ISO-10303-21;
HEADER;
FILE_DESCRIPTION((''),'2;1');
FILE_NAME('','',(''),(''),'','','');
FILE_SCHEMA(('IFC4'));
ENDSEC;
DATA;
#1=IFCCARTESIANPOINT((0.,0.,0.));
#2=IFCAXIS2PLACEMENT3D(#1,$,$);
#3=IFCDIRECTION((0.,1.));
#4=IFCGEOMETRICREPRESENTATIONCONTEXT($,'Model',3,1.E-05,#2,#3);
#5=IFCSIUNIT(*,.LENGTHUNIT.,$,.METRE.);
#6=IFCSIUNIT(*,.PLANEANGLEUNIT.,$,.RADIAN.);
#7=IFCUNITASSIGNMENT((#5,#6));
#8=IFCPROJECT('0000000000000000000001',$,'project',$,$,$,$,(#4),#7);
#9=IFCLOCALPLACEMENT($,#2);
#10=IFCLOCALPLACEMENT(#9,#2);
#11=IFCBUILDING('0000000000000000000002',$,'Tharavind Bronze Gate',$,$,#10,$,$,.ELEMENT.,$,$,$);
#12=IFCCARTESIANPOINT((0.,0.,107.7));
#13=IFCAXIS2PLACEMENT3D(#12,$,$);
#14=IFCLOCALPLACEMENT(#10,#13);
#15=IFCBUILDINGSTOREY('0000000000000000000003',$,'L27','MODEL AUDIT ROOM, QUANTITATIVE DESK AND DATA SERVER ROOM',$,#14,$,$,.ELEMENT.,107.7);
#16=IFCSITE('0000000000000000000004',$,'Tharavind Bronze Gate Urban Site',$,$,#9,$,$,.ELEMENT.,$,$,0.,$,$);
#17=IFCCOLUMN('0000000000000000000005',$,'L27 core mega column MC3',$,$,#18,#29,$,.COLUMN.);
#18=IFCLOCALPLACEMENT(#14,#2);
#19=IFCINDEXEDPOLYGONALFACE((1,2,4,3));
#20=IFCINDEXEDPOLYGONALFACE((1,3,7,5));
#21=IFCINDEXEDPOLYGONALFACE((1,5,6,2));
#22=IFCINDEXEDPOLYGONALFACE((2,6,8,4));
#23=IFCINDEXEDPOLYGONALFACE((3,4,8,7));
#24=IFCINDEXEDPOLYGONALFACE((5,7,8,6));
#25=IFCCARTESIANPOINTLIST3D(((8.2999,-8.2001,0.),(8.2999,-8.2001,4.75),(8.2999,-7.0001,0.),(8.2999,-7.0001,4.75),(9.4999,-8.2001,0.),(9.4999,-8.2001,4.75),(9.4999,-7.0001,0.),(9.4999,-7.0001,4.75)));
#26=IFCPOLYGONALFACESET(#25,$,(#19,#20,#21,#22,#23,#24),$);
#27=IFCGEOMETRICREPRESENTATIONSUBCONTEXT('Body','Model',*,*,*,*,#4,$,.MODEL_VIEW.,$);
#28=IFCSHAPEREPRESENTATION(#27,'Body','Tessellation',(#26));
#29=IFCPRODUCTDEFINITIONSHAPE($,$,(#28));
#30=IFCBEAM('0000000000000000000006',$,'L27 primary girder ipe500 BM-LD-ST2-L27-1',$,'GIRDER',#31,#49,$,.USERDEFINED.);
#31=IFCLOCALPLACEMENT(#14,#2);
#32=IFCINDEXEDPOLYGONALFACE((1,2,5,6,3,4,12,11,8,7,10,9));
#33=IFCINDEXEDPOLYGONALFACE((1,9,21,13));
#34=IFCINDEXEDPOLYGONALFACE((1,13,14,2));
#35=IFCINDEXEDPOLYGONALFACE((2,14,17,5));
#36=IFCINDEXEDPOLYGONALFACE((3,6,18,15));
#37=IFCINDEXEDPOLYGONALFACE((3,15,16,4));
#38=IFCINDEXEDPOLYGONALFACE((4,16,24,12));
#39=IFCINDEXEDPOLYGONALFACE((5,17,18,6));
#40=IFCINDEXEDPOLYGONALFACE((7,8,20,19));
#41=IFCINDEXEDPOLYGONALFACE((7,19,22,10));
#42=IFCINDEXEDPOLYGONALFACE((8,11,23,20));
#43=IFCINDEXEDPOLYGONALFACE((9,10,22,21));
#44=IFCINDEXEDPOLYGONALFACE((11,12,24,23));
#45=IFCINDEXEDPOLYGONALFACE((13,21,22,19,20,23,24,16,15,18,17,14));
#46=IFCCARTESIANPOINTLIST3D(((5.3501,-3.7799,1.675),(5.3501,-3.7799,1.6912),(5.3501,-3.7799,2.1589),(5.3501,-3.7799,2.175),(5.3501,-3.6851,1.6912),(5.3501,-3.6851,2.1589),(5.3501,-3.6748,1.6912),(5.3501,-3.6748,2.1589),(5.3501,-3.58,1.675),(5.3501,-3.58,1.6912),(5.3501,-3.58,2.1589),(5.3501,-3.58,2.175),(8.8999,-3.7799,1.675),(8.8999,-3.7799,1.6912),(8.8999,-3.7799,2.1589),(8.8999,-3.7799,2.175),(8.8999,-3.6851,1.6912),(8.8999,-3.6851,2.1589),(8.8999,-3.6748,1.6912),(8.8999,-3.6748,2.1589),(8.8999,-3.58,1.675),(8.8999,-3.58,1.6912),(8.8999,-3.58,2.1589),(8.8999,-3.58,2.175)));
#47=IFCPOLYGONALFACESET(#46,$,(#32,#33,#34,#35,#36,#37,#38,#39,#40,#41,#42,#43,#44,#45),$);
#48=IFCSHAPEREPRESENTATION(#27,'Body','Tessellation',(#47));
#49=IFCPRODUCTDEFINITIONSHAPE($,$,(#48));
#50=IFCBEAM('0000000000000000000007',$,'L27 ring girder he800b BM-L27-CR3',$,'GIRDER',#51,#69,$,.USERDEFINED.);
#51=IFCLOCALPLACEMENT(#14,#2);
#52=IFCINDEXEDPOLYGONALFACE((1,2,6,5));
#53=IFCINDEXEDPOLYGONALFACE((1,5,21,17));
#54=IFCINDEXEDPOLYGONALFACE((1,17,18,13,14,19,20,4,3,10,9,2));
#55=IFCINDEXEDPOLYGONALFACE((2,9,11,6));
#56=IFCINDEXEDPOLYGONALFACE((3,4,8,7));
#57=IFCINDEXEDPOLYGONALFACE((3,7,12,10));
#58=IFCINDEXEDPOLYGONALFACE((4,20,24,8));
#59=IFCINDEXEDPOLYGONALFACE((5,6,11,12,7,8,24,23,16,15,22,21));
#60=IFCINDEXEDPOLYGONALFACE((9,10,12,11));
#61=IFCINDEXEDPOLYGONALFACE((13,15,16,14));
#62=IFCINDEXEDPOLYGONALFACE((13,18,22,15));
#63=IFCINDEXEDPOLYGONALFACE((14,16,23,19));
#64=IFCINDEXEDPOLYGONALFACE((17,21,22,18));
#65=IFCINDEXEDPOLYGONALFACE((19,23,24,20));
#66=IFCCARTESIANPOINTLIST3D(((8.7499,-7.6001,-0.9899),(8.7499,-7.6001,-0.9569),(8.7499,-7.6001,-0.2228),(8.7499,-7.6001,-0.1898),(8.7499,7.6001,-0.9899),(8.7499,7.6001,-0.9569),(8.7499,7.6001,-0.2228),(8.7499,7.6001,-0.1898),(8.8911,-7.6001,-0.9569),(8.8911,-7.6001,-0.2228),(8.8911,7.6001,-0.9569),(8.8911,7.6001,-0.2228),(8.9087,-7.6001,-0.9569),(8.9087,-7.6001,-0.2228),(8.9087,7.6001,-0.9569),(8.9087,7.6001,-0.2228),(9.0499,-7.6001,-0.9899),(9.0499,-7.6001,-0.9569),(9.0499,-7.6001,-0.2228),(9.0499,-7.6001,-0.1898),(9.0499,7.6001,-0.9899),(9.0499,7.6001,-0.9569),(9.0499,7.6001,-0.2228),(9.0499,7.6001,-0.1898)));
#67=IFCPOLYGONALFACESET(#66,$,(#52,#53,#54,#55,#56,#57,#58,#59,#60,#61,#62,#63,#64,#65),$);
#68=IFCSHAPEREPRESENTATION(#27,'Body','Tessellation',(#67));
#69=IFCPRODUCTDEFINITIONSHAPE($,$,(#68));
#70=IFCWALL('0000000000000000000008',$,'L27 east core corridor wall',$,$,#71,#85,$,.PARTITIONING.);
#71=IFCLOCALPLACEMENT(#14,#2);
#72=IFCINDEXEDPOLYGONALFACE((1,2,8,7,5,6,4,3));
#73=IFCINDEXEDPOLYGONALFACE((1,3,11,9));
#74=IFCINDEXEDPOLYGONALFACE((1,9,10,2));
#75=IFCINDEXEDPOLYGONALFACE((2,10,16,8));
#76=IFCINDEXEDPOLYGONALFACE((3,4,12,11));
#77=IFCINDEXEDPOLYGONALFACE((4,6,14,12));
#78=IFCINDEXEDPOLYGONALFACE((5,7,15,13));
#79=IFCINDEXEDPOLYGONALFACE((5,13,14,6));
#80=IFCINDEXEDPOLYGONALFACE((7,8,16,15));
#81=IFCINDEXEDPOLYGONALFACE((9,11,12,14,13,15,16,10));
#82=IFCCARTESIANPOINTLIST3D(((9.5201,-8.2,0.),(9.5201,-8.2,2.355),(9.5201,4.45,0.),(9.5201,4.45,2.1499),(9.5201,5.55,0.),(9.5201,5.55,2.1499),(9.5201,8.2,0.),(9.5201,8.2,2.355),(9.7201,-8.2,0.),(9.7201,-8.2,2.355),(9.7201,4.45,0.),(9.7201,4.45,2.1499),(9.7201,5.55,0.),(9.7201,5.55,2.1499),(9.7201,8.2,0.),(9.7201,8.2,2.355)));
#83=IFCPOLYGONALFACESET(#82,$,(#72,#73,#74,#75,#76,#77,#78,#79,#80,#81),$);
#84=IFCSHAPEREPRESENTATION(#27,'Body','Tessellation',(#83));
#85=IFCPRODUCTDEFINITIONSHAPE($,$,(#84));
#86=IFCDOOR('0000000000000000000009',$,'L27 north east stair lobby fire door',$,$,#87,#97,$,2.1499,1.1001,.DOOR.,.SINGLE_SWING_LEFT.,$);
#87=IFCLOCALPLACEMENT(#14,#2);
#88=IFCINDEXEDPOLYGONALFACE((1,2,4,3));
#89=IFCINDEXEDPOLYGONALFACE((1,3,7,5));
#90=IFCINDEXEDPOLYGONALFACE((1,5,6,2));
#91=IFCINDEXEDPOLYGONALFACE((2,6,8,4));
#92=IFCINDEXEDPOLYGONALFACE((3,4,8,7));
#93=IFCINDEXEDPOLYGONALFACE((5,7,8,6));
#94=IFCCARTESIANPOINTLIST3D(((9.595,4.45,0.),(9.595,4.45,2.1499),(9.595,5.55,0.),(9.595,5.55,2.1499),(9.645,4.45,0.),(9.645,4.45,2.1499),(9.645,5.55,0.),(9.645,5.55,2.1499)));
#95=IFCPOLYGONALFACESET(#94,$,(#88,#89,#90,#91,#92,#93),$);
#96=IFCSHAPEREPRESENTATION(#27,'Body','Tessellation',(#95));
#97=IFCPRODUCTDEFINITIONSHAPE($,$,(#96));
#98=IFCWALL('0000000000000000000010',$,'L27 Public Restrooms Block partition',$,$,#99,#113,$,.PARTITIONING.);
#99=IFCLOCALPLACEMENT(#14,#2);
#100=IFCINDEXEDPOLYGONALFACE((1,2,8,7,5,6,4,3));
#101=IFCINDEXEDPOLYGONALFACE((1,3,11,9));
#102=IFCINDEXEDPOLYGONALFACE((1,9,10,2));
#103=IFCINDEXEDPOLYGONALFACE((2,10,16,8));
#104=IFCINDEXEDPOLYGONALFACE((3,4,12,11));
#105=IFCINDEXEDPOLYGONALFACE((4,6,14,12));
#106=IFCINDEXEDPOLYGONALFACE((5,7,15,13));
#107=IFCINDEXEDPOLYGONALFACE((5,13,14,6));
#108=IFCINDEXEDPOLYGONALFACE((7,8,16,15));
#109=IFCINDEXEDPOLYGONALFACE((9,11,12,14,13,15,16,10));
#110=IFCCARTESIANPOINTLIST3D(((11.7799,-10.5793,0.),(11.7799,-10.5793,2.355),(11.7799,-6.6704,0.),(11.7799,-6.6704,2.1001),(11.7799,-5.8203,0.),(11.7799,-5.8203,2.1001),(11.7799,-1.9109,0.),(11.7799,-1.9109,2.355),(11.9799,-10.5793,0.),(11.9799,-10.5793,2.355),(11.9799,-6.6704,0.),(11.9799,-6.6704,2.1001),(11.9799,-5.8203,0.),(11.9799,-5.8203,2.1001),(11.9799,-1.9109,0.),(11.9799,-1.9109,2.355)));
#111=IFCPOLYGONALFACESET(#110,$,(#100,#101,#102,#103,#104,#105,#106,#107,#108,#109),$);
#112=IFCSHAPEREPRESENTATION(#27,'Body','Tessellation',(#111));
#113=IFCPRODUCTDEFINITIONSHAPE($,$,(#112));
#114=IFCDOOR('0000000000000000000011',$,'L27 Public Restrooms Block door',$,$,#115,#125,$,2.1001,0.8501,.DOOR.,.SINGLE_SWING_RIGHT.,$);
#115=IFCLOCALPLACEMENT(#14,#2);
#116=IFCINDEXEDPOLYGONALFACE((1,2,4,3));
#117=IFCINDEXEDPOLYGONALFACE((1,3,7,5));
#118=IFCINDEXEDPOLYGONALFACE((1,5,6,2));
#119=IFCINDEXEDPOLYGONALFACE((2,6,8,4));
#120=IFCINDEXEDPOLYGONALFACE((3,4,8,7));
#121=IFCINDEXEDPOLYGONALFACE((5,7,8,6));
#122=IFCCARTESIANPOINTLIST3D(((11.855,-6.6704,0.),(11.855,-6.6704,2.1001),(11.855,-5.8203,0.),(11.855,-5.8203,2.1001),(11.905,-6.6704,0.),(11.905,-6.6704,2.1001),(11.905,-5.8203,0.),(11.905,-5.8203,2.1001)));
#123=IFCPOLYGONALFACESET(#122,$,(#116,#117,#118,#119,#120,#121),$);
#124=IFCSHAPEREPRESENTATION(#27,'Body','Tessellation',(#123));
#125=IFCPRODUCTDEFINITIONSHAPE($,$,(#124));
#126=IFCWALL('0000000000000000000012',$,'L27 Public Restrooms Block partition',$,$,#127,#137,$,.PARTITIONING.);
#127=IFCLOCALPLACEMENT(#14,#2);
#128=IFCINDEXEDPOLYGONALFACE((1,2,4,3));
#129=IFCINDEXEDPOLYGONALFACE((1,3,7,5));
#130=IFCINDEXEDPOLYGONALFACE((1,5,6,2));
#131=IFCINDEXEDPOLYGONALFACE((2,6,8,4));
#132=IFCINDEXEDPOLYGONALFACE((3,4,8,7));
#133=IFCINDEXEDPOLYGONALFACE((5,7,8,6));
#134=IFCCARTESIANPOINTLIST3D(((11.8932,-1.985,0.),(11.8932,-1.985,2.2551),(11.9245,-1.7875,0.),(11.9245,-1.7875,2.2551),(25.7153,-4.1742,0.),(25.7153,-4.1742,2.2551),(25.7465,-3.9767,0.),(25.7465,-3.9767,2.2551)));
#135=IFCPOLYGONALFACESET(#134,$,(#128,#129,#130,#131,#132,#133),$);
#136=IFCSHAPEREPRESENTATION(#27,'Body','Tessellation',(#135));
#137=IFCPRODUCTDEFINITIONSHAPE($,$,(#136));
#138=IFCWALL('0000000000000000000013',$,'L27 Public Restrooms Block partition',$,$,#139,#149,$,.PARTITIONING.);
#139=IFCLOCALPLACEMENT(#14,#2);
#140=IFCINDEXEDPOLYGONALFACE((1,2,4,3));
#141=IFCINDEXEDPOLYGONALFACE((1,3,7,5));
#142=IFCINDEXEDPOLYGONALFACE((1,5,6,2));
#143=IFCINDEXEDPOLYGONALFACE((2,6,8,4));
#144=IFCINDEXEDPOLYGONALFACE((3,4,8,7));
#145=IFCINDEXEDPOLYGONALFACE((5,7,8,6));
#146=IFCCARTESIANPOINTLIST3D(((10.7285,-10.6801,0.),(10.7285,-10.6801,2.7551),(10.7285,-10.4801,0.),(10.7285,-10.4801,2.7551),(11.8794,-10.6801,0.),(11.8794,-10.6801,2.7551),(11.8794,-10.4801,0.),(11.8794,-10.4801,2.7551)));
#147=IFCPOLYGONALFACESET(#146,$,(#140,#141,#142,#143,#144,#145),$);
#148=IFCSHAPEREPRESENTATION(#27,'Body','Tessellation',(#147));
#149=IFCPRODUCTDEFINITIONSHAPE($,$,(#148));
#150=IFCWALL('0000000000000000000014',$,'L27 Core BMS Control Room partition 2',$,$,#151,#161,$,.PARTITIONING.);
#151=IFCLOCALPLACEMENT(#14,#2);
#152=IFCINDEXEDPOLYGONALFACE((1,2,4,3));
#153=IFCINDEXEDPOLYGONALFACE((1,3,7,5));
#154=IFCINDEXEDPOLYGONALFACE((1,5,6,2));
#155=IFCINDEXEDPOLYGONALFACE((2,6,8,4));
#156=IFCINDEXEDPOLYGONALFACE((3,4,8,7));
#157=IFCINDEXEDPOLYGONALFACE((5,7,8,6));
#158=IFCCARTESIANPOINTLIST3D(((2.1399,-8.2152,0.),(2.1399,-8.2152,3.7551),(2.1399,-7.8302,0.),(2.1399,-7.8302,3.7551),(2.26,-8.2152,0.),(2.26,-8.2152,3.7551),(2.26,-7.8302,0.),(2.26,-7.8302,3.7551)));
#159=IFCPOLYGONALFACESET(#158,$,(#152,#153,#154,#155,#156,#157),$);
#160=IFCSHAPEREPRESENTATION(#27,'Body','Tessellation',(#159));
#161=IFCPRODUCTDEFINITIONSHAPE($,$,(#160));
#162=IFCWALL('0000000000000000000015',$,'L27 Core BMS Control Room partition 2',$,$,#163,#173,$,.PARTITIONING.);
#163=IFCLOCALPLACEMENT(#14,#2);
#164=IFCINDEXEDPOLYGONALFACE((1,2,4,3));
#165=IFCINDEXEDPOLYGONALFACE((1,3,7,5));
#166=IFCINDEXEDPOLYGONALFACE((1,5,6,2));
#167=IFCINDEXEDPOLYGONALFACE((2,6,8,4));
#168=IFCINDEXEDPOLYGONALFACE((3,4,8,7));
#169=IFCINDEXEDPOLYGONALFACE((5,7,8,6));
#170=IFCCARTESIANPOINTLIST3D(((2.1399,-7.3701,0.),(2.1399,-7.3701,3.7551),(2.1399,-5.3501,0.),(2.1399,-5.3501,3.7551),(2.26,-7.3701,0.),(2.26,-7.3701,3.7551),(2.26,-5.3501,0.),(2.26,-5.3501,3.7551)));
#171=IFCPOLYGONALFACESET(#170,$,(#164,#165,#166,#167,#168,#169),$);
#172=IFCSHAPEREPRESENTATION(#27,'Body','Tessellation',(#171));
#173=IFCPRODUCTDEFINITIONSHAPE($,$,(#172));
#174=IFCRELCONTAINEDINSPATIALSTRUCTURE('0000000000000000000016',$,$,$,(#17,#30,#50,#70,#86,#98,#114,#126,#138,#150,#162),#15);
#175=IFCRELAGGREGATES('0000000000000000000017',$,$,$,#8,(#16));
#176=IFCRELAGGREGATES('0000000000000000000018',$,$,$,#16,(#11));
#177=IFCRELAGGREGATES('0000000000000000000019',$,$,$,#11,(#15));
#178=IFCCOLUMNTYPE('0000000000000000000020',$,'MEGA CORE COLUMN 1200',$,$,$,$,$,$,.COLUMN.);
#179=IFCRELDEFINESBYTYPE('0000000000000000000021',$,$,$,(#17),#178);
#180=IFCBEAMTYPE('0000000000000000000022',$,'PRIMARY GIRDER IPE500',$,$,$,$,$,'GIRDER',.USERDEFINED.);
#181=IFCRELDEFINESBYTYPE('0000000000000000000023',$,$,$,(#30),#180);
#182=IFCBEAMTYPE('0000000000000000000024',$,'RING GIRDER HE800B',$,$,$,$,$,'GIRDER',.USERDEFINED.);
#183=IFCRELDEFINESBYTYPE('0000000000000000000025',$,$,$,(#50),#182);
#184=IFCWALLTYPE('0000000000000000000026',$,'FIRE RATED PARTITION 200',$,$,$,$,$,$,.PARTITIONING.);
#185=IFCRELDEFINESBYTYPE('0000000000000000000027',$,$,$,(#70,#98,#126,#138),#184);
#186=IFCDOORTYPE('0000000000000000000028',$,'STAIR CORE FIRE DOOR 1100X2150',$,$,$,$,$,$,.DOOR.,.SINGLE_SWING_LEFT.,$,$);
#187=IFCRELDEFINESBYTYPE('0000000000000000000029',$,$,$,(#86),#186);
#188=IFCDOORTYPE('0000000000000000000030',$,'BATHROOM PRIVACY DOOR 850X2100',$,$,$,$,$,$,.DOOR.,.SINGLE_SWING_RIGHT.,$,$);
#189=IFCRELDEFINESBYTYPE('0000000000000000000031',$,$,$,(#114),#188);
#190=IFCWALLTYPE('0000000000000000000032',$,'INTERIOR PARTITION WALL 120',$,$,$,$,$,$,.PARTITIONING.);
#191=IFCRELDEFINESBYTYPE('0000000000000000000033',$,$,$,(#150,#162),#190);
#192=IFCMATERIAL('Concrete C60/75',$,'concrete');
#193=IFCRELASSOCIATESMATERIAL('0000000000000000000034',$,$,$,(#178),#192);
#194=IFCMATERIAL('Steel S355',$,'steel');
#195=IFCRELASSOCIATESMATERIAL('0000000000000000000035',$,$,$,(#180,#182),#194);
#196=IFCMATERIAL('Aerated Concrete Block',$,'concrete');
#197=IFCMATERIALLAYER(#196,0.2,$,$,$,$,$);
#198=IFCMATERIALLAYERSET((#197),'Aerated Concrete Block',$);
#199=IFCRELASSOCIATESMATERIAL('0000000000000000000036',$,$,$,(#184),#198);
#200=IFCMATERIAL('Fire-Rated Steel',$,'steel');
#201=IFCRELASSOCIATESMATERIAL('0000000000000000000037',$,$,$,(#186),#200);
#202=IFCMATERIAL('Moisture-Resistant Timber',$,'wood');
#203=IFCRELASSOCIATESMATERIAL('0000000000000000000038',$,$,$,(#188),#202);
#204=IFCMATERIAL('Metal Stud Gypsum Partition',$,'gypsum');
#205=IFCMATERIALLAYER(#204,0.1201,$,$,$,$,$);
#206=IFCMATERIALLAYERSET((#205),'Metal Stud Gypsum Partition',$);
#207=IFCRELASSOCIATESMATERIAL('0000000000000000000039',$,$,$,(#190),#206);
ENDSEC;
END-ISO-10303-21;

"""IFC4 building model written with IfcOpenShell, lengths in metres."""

from ifc_helpers import new_model, si_unit, direction, frame, frame_2d, origin, origin_2d, place, context, subcontext, project, spatial, rectangle, i_section, extrude, material, layer, layer_set, material_profile, profile_set, type_object, element, fill, save


model = new_model("IFC4")

# Units and contexts
model_context = context("Model", 3, precision=1e-05, world=origin(), true_north=direction((0.0, 1.0)))
body_context = subcontext(model_context, "Body", "Model", "MODEL_VIEW")
ifc_project = project(units=[si_unit("LENGTHUNIT", "METRE"), si_unit("PLANEANGLEUNIT", "RADIAN")], contexts=[model_context])

# Site, building, storey
site_placement = place(None, origin())
site = spatial("IfcSite", under=ifc_project, at=site_placement, Name="Tharavind Bronze Gate Urban Site", CompositionType="ELEMENT", RefElevation=0.0)
building_placement = place(site_placement, origin())
building = spatial("IfcBuilding", under=site, at=building_placement, Name="Tharavind Bronze Gate", CompositionType="ELEMENT")
storey_placement = place(building_placement, frame((0.0, 0.0, 107.7)))
storey = spatial("IfcBuildingStorey", under=building, at=storey_placement, Name="L27", Description="MODEL AUDIT ROOM, QUANTITATIVE DESK AND DATA SERVER ROOM", CompositionType="ELEMENT", Elevation=107.7)

# Column
ifc_material_1 = material(Name="Concrete C60/75", Category="concrete")
ifc_material_profile_1 = material_profile(ifc_material_1, rectangle(XDim=1.2, YDim=1.2, at=origin_2d()), Name="RCCOL1200")
ifc_profile_set_1 = profile_set([ifc_material_profile_1], Name="Concrete C60/75")
column_type = type_object("IfcColumnType", Name="MEGA CORE COLUMN 1200", PredefinedType="COLUMN", material=ifc_profile_set_1)
column_placement = place(storey_placement, frame((8.8999, -7.6001, 0.0), z_axis=(0.0, 0.0, 1.0), x_axis=(1.0, 0.0, 0.0)))
element("IfcColumn", 1, at=column_placement, inside=storey, type_object=column_type, Name="L27 core mega column MC3", PredefinedType="COLUMN", context=body_context, shape_type="SweptSolid", body=[
    extrude(rectangle(XDim=1.2, YDim=1.2, at=origin_2d()), origin(), (0.0, 0.0, 1.0), 4.75),
])

# Beams
ifc_material_2 = material(Name="Steel S355", Category="steel")
ifc_material_profile_2 = material_profile(ifc_material_2, i_section(OverallWidth=0.2, OverallDepth=0.5, WebThickness=0.0103, FlangeThickness=0.0161, at=origin_2d()), Name="IPE500")
ifc_profile_set_2 = profile_set([ifc_material_profile_2], Name="Steel S355")
beam_type_1 = type_object("IfcBeamType", Name="PRIMARY GIRDER IPE500", ElementType="GIRDER", PredefinedType="USERDEFINED", material=ifc_profile_set_2)
beam_1_placement = place(storey_placement, frame((5.3501, -3.6799, 1.925), z_axis=(1.0, 0.0, 0.0), x_axis=(0.0, 1.0, 0.0)))
element("IfcBeam", 2, at=beam_1_placement, inside=storey, type_object=beam_type_1, Name="L27 primary girder ipe500 BM-LD-ST2-L27-1", ObjectType="GIRDER", PredefinedType="USERDEFINED", context=body_context, shape_type="SweptSolid", body=[
    extrude(i_section(OverallWidth=0.2, OverallDepth=0.5, WebThickness=0.0103, FlangeThickness=0.0161, at=origin_2d()), origin(), (0.0, 0.0, 1.0), 3.5498),
])
ifc_material_profile_3 = material_profile(ifc_material_2, i_section(OverallWidth=0.3, OverallDepth=0.8, WebThickness=0.0176, FlangeThickness=0.033, at=origin_2d()), Name="HE800B")
ifc_profile_set_3 = profile_set([ifc_material_profile_3], Name="Steel S355")
beam_type_2 = type_object("IfcBeamType", Name="RING GIRDER HE800B", ElementType="GIRDER", PredefinedType="USERDEFINED", material=ifc_profile_set_3)
beam_2_placement = place(storey_placement, frame((8.8999, -7.6001, -0.5898), z_axis=(0.0, 1.0, 0.0), x_axis=(-1.0, 0.0, 0.0)))
element("IfcBeam", 3, at=beam_2_placement, inside=storey, type_object=beam_type_2, Name="L27 ring girder he800b BM-L27-CR3", ObjectType="GIRDER", PredefinedType="USERDEFINED", context=body_context, shape_type="SweptSolid", body=[
    extrude(i_section(OverallWidth=0.3, OverallDepth=0.8, WebThickness=0.0176, FlangeThickness=0.033, at=origin_2d()), origin(), (0.0, 0.0, 1.0), 15.2002),
])

# Walls, openings, doors
ifc_material_3 = material(Name="Aerated Concrete Block", Category="concrete")
ifc_layer_1 = layer(ifc_material_3, 0.2)
ifc_layer_set_1 = layer_set([ifc_layer_1], Name="Aerated Concrete Block")
wall_type_1 = type_object("IfcWallType", Name="FIRE RATED PARTITION 200", PredefinedType="PARTITIONING", material=ifc_layer_set_1)
wall_1_placement = place(storey_placement, frame((9.6201, -8.2, 0.0), z_axis=(0.0, 0.0, 1.0), x_axis=(0.0, 1.0, 0.0)))
wall_1 = element("IfcWall", 4, at=wall_1_placement, inside=storey, type_object=wall_type_1, Name="L27 east core corridor wall", PredefinedType="PARTITIONING", context=body_context, shape_type="SweptSolid", body=[
    extrude(rectangle(XDim=16.3999, YDim=0.2, at=frame_2d((8.2, 0.0))), origin(), (0.0, 0.0, 1.0), 2.355),
])
opening_1_placement = place(wall_1_placement, frame((12.6499, 0.0, 0.0)))
opening_1 = element("IfcOpeningElement", 5, at=opening_1_placement, cuts=wall_1, PredefinedType="OPENING", context=body_context, shape_type="SweptSolid", body=[
    extrude(rectangle(XDim=1.1001, YDim=2.1499, at=frame_2d((0.55, 1.075))), frame((0.0, 0.1101, 0.0), z_axis=(0.0, -1.0, 0.0), x_axis=(1.0, 0.0, 0.0)), (0.0, 0.0, 1.0), 0.22),
])
ifc_material_4 = material(Name="Fire-Rated Steel", Category="steel")
door_type_1 = type_object("IfcDoorType", Name="STAIR CORE FIRE DOOR 1100X2150", OperationType="SINGLE_SWING_LEFT", PredefinedType="DOOR", material=ifc_material_4)
door_1_placement = place(opening_1_placement, frame((1.1001, 0.0, 0.0), z_axis=(0.0, 0.0, 1.0), x_axis=(-1.0, 0.0, 0.0)))
door_1 = element("IfcDoor", 6, at=door_1_placement, inside=storey, type_object=door_type_1, Name="L27 north east stair lobby fire door", OperationType="SINGLE_SWING_LEFT", OverallHeight=2.1499, OverallWidth=1.1001, PredefinedType="DOOR", context=body_context, shape_type="SweptSolid", body=[
    extrude(rectangle(XDim=1.1001, YDim=2.1499, at=frame_2d((0.55, 1.075))), frame((0.0, 0.0249, 0.0), z_axis=(0.0, -1.0, 0.0), x_axis=(1.0, 0.0, 0.0)), (0.0, 0.0, 1.0), 0.05),
])
fill(opening_1, door_1)
wall_2_placement = place(storey_placement, frame((11.8799, -10.5793, 0.0), z_axis=(0.0, 0.0, 1.0), x_axis=(0.0, 1.0, 0.0)))
wall_2 = element("IfcWall", 7, at=wall_2_placement, inside=storey, type_object=wall_type_1, Name="L27 Public Restrooms Block partition", PredefinedType="PARTITIONING", context=body_context, shape_type="SweptSolid", body=[
    extrude(rectangle(XDim=8.6685, YDim=0.2, at=frame_2d((4.3342, 0.0))), origin(), (0.0, 0.0, 1.0), 2.355),
])
opening_2_placement = place(wall_2_placement, frame((3.9089, 0.0, 0.0)))
opening_2 = element("IfcOpeningElement", 8, at=opening_2_placement, cuts=wall_2, PredefinedType="OPENING", context=body_context, shape_type="SweptSolid", body=[
    extrude(rectangle(XDim=0.8501, YDim=2.1001, at=frame_2d((0.425, 1.05))), frame((0.0, 0.1101, 0.0), z_axis=(0.0, -1.0, 0.0), x_axis=(1.0, 0.0, 0.0)), (0.0, 0.0, 1.0), 0.22),
])
ifc_material_5 = material(Name="Moisture-Resistant Timber", Category="wood")
door_type_2 = type_object("IfcDoorType", Name="BATHROOM PRIVACY DOOR 850X2100", OperationType="SINGLE_SWING_RIGHT", PredefinedType="DOOR", material=ifc_material_5)
door_2_placement = place(opening_2_placement, origin())
door_2 = element("IfcDoor", 9, at=door_2_placement, inside=storey, type_object=door_type_2, Name="L27 Public Restrooms Block door", OperationType="SINGLE_SWING_RIGHT", OverallHeight=2.1001, OverallWidth=0.8501, PredefinedType="DOOR", context=body_context, shape_type="SweptSolid", body=[
    extrude(rectangle(XDim=0.8501, YDim=2.1001, at=frame_2d((0.425, 1.05))), frame((0.0, 0.0249, 0.0), z_axis=(0.0, -1.0, 0.0), x_axis=(1.0, 0.0, 0.0)), (0.0, 0.0, 1.0), 0.05),
])
fill(opening_2, door_2)

# Walls
wall_3_placement = place(storey_placement, frame((11.9089, -1.8862, 0.0), z_axis=(0.0, 0.0, 1.0), x_axis=(0.987688, -0.156436, 0.0)))
element("IfcWall", 10, at=wall_3_placement, inside=storey, type_object=wall_type_1, Name="L27 Public Restrooms Block partition", PredefinedType="PARTITIONING", context=body_context, shape_type="SweptSolid", body=[
    extrude(rectangle(XDim=13.9944, YDim=0.2, at=frame_2d((6.9971, 0.0))), origin(), (0.0, 0.0, 1.0), 2.2551),
])
wall_4_placement = place(storey_placement, frame((10.7285, -10.5801, 0.0), z_axis=(0.0, 0.0, 1.0), x_axis=(1.0, 0.0, 0.0)))
element("IfcWall", 11, at=wall_4_placement, inside=storey, type_object=wall_type_1, Name="L27 Public Restrooms Block partition", PredefinedType="PARTITIONING", context=body_context, shape_type="SweptSolid", body=[
    extrude(rectangle(XDim=1.1509, YDim=0.2, at=frame_2d((0.5754, 0.0))), origin(), (0.0, 0.0, 1.0), 2.7551),
])

# Walls
ifc_material_6 = material(Name="Metal Stud Gypsum Partition", Category="gypsum")
ifc_layer_2 = layer(ifc_material_6, 0.1201)
ifc_layer_set_2 = layer_set([ifc_layer_2], Name="Metal Stud Gypsum Partition")
wall_type_2 = type_object("IfcWallType", Name="INTERIOR PARTITION WALL 120", PredefinedType="PARTITIONING", material=ifc_layer_set_2)
wall_5_placement = place(storey_placement, frame((2.2, -8.2151, 0.0), z_axis=(0.0, 0.0, 1.0), x_axis=(0.0, 1.0, 0.0)))
element("IfcWall", 12, at=wall_5_placement, inside=storey, type_object=wall_type_2, Name="L27 Core BMS Control Room partition 2", PredefinedType="PARTITIONING", context=body_context, shape_type="SweptSolid", body=[
    extrude(rectangle(XDim=0.385, YDim=0.1201, at=frame_2d((0.1924, 0.0))), origin(), (0.0, 0.0, 1.0), 3.7551),
])
wall_6_placement = place(storey_placement, frame((2.2, -7.3701, 0.0), z_axis=(0.0, 0.0, 1.0), x_axis=(0.0, 1.0, 0.0)))
element("IfcWall", 13, at=wall_6_placement, inside=storey, type_object=wall_type_2, Name="L27 Core BMS Control Room partition 2", PredefinedType="PARTITIONING", context=body_context, shape_type="SweptSolid", body=[
    extrude(rectangle(XDim=2.02, YDim=0.1201, at=frame_2d((1.01, 0.0))), origin(), (0.0, 0.0, 1.0), 3.7551),
])

save(model, "model.ifc")
